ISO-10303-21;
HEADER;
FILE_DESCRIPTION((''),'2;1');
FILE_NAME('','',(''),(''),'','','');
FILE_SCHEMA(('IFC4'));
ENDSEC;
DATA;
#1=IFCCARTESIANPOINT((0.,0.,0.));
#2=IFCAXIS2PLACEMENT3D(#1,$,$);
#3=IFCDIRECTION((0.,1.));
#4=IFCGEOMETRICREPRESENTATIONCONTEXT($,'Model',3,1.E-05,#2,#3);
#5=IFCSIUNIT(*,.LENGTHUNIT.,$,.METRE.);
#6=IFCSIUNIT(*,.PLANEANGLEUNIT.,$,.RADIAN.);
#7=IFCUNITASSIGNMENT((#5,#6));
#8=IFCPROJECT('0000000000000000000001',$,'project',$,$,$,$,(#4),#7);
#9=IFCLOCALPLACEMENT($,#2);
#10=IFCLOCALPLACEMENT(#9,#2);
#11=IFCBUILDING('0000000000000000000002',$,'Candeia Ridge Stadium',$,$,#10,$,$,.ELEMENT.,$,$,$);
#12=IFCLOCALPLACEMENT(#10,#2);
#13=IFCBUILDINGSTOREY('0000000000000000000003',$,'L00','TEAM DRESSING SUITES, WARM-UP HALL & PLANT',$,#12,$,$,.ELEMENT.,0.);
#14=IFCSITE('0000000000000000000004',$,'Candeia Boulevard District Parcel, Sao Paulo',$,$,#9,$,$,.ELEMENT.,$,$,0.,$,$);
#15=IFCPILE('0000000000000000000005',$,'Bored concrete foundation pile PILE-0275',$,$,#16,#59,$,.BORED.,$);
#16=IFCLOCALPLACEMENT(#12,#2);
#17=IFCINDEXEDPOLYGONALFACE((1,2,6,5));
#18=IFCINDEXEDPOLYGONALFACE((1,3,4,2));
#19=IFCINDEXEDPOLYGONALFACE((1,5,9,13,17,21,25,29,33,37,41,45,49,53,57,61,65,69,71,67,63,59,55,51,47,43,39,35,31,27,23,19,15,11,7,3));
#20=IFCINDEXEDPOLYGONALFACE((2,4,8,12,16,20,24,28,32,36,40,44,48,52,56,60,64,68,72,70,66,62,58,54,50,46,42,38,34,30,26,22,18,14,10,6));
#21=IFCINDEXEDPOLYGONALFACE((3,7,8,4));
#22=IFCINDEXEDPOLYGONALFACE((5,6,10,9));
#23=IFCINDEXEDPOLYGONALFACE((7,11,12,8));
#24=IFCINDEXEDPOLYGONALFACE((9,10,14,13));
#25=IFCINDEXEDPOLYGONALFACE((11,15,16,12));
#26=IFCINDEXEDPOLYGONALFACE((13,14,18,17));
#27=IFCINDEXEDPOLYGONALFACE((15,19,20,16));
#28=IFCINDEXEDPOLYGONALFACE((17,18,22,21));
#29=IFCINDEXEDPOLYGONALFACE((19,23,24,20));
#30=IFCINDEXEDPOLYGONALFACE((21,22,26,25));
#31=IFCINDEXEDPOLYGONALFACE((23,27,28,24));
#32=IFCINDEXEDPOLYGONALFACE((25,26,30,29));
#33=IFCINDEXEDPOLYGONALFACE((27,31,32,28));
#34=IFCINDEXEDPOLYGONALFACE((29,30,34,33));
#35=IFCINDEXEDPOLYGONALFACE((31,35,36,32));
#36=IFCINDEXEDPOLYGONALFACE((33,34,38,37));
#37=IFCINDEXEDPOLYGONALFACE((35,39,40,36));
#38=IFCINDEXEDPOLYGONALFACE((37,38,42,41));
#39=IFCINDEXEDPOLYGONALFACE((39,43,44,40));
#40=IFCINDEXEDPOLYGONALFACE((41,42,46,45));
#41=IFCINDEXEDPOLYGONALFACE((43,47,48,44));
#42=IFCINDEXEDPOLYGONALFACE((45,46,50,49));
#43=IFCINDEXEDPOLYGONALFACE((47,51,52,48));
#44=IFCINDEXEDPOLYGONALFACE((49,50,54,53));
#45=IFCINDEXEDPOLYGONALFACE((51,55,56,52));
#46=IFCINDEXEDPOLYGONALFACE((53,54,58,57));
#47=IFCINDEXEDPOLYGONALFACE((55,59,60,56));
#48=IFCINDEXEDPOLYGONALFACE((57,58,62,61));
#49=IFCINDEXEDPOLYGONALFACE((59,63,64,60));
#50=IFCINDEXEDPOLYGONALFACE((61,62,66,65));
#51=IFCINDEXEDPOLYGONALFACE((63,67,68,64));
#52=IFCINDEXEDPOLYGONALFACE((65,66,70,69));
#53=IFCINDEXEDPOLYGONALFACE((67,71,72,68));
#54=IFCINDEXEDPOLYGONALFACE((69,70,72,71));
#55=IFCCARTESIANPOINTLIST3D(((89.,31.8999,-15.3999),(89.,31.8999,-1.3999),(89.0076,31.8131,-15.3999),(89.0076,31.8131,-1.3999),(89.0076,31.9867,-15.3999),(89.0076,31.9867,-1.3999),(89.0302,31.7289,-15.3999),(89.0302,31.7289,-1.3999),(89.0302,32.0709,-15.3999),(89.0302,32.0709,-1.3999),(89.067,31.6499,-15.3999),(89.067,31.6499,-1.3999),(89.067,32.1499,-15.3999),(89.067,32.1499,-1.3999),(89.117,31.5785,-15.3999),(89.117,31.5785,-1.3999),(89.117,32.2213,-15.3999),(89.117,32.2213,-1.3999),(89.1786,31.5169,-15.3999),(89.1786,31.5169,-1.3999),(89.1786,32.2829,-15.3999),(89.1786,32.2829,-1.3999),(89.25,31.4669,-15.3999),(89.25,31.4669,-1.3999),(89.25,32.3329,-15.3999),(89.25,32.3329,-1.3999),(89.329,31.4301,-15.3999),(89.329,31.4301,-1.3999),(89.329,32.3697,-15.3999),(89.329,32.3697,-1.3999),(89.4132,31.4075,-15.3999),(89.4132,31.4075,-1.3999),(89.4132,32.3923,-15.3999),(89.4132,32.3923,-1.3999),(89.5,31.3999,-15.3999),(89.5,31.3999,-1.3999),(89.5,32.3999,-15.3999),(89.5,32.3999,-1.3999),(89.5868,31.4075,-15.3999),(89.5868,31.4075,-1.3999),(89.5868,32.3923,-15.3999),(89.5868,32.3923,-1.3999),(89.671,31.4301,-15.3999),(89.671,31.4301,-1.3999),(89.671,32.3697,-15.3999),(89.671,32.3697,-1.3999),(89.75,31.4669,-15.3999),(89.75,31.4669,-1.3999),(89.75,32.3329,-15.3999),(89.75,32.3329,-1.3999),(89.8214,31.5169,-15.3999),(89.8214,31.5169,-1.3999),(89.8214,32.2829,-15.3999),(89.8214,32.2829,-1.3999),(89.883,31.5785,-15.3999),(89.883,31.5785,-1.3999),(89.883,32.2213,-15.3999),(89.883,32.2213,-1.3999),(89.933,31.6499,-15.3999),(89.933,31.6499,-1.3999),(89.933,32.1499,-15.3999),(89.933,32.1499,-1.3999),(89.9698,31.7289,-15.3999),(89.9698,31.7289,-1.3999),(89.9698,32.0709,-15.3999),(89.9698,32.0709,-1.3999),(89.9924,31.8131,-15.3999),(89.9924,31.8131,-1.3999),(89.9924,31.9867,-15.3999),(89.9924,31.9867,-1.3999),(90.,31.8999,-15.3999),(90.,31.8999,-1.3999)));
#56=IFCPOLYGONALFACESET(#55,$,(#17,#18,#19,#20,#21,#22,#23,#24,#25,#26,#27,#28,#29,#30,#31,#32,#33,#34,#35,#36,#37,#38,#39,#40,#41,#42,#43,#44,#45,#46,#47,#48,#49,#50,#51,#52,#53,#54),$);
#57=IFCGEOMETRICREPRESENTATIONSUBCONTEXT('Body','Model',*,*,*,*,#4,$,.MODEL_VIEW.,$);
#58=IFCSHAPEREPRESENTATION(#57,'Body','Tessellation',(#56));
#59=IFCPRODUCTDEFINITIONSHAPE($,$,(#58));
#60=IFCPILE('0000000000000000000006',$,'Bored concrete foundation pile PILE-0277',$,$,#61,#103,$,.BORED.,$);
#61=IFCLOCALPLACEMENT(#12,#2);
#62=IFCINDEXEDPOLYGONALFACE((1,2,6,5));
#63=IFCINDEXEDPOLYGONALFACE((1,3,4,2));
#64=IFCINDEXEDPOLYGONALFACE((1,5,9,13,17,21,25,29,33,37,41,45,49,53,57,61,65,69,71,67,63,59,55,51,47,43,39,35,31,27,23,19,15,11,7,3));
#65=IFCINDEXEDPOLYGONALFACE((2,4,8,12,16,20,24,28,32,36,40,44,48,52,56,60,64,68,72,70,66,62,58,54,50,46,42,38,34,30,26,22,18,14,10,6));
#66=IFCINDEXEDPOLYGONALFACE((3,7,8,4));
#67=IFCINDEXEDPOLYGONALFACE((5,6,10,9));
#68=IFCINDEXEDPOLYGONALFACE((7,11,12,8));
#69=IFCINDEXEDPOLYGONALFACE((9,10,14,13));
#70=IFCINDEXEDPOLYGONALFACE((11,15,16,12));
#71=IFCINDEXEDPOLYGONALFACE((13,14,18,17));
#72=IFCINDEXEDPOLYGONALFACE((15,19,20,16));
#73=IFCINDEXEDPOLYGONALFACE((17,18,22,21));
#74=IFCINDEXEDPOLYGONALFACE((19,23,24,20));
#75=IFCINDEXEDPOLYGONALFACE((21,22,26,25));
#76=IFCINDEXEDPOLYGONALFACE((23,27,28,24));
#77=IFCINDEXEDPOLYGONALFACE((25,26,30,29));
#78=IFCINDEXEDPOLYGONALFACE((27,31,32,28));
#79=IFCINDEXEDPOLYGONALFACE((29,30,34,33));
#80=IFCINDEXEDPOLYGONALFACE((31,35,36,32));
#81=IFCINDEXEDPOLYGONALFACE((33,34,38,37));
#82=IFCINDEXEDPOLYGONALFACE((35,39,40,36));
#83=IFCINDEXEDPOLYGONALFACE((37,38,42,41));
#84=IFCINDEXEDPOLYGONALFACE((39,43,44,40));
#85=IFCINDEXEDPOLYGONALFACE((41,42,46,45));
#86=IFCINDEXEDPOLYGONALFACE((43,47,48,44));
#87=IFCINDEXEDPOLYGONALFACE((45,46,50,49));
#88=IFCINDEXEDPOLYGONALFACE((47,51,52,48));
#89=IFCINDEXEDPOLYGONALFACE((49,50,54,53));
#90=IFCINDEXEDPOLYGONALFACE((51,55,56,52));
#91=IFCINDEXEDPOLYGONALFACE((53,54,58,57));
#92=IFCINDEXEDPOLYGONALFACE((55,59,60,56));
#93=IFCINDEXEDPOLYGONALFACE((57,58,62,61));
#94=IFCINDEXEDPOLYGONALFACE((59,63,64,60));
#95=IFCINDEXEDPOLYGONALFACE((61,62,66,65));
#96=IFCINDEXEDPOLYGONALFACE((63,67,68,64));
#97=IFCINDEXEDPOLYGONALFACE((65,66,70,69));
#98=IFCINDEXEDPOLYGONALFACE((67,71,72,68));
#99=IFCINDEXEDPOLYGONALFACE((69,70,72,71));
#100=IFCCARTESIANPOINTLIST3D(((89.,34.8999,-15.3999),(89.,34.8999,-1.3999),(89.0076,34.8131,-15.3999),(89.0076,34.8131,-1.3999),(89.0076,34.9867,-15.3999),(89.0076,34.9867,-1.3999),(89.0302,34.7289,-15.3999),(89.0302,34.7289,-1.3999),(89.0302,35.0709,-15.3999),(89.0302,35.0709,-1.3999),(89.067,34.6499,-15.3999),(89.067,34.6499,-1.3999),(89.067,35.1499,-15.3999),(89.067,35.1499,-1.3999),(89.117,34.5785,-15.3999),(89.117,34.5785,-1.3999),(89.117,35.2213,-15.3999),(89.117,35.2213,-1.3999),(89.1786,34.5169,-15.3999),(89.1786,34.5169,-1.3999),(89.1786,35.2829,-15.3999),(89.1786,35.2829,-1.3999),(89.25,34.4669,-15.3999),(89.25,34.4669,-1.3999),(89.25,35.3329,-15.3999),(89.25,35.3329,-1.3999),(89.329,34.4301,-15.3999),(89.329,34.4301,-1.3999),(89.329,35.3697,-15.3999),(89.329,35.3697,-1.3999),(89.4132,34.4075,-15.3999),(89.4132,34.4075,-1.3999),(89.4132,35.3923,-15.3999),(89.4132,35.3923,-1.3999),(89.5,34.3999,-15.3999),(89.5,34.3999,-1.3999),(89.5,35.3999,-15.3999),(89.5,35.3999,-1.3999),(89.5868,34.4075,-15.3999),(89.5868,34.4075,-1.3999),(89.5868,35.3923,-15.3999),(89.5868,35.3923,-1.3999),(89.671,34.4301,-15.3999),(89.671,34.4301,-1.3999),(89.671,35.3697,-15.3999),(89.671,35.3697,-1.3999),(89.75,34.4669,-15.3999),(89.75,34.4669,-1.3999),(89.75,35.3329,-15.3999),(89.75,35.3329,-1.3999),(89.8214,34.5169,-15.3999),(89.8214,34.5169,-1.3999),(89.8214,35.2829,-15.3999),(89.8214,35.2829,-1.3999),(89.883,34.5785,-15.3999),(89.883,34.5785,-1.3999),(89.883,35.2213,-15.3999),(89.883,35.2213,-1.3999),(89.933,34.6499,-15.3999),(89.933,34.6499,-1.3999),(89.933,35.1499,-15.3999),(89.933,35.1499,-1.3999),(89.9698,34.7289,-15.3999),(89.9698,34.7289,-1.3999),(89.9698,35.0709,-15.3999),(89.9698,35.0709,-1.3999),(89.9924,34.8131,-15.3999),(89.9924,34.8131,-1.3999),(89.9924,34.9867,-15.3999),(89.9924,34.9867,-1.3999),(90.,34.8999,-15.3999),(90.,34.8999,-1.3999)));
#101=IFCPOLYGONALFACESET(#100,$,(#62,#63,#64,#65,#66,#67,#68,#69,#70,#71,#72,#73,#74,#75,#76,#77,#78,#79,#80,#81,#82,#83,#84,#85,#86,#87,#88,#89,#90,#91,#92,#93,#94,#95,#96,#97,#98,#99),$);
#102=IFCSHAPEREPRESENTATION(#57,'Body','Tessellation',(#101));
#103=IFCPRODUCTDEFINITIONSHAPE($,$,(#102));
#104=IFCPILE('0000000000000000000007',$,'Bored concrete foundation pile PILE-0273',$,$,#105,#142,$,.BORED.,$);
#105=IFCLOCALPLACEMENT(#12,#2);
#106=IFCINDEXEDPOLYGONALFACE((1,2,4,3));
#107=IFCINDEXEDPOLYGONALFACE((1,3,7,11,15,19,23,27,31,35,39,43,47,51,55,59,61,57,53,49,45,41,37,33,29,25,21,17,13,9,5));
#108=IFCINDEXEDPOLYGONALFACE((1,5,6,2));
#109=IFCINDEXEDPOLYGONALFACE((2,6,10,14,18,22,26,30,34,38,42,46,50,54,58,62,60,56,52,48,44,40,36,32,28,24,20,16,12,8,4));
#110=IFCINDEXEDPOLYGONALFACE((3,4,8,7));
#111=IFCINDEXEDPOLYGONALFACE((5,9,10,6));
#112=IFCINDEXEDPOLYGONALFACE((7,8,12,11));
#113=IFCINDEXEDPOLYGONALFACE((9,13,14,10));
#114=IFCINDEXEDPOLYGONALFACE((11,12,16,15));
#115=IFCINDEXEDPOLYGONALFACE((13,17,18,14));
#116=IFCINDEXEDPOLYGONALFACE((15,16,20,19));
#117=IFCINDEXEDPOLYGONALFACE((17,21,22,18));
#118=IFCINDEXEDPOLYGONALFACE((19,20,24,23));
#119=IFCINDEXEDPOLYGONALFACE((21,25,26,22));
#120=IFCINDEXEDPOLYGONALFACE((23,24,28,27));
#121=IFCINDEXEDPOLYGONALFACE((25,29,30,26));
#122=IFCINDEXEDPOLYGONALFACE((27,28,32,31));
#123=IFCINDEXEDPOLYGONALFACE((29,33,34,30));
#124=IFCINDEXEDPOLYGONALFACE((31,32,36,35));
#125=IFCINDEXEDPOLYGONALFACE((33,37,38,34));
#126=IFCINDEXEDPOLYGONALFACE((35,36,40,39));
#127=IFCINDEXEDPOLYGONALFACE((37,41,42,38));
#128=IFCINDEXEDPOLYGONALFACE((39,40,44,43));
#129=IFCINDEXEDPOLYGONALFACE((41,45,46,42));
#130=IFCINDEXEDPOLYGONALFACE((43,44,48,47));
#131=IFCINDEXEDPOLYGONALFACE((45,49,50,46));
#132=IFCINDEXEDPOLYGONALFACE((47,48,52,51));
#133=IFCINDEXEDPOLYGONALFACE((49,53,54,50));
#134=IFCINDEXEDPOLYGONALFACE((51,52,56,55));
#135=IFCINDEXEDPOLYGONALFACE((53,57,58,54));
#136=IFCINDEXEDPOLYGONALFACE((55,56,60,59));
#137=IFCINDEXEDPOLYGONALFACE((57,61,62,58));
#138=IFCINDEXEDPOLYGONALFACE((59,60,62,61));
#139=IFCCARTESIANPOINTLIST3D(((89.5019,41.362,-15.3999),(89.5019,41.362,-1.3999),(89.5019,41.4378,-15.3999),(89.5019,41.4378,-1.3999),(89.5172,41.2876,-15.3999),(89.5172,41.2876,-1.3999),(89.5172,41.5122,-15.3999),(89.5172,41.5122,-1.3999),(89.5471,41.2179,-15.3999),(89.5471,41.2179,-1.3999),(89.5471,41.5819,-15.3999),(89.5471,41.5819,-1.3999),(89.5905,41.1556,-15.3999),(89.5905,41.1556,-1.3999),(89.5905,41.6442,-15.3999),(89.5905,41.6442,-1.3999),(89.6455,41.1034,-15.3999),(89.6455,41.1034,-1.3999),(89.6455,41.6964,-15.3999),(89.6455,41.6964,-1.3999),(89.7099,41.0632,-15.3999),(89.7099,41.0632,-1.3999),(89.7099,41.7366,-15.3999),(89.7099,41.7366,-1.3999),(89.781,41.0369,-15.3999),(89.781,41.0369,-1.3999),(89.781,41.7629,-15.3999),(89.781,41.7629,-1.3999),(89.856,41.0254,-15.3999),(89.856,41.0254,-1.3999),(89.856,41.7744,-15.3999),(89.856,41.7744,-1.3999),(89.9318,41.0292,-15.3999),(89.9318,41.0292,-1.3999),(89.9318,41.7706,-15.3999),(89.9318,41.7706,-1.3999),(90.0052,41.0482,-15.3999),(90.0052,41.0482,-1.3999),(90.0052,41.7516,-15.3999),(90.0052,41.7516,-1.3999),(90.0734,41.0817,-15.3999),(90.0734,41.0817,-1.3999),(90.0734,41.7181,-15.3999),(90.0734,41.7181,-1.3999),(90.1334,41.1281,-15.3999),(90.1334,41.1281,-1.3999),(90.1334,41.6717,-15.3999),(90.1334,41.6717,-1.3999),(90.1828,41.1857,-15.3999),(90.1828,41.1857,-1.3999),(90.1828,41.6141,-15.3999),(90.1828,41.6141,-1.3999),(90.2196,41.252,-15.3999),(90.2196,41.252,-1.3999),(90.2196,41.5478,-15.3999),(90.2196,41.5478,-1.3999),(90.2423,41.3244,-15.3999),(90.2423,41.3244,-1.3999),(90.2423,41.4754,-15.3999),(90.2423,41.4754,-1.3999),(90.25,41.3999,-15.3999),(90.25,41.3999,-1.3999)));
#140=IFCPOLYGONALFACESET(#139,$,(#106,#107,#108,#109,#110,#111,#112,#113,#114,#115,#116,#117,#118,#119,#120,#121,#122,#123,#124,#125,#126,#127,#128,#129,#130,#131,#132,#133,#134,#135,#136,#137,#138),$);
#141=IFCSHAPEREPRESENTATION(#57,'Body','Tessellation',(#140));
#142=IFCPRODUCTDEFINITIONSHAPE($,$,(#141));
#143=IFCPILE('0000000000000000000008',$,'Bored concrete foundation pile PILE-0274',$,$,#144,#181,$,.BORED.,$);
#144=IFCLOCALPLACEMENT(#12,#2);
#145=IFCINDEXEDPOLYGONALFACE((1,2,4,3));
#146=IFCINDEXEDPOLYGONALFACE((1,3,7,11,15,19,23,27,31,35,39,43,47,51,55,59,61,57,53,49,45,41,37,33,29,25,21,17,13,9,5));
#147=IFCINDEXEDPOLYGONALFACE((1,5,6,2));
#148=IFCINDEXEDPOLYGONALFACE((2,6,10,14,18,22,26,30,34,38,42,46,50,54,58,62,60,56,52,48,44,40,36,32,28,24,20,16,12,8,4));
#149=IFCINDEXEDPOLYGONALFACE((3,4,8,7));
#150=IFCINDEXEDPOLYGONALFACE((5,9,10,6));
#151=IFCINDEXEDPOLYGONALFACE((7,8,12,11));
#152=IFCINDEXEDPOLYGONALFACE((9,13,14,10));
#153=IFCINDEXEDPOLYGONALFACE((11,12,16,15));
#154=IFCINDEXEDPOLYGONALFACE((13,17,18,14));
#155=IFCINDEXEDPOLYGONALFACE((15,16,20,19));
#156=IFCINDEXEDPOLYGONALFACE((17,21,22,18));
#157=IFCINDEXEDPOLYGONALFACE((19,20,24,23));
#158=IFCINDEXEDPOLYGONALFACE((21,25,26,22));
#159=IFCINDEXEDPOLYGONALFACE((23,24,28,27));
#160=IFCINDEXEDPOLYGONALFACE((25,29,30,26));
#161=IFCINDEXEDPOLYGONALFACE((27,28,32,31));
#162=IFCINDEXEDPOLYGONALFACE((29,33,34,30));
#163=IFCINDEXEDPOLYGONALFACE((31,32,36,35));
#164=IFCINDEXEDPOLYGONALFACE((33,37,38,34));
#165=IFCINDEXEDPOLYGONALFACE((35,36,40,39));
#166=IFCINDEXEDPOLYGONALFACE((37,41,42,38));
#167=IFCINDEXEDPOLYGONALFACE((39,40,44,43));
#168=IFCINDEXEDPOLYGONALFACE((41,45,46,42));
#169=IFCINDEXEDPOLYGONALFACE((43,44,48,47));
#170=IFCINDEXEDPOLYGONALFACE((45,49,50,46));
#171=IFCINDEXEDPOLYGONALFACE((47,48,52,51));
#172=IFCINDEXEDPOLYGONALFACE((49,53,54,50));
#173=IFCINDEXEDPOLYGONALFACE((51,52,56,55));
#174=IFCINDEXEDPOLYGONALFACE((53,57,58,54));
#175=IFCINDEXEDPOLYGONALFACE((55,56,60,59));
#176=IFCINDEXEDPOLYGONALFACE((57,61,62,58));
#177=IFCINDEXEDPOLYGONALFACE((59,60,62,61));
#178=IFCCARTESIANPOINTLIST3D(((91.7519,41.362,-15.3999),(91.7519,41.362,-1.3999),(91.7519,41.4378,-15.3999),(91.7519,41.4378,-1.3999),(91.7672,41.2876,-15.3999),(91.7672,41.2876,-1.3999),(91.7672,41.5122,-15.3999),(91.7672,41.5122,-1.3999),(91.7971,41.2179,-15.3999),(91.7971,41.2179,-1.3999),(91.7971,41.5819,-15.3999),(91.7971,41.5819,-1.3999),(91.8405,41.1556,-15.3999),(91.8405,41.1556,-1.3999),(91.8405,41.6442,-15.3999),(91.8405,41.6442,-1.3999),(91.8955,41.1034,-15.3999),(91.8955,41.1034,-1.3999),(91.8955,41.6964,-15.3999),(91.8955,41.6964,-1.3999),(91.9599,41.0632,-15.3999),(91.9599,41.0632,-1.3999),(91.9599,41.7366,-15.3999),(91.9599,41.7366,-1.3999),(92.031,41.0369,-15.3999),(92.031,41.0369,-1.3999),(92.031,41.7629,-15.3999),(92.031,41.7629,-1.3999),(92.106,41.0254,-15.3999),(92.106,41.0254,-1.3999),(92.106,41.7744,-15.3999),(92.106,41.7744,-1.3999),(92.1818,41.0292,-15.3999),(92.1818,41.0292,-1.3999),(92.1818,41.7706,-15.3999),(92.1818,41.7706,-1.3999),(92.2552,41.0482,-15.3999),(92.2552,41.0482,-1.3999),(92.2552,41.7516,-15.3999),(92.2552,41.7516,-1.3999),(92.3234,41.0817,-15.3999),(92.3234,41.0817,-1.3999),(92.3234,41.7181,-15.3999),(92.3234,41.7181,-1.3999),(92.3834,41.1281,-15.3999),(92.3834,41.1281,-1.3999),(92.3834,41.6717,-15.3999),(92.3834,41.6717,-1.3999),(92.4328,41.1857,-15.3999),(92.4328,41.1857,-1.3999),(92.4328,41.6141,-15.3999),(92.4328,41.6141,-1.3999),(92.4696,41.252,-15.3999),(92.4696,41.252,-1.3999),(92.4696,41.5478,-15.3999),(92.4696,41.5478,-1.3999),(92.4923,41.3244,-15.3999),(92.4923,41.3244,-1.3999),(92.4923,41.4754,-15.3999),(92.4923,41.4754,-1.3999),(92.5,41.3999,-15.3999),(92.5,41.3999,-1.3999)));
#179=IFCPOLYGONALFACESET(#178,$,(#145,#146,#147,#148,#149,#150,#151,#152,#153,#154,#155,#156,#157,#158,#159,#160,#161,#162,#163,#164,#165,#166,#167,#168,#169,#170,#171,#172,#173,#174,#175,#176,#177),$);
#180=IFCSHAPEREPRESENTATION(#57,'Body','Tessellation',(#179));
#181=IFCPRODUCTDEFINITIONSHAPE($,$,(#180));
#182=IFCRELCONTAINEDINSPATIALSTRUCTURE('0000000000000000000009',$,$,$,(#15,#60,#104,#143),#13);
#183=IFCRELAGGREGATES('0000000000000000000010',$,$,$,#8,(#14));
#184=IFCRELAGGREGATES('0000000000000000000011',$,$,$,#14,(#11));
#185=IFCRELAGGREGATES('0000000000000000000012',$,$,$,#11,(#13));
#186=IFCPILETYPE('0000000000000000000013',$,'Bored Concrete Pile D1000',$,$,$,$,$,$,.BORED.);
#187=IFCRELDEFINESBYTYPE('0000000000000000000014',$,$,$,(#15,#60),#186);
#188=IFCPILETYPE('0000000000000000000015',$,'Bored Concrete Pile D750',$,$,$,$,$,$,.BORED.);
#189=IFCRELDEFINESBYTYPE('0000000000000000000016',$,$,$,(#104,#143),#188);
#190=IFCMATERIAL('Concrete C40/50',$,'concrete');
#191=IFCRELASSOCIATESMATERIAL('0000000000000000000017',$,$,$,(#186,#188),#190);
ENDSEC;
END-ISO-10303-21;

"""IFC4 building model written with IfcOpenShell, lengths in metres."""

from ifc_helpers import new_model, si_unit, direction, frame, origin, origin_2d, place, context, subcontext, project, spatial, circle, extrude, material, material_profile, profile_set, type_object, element, save


model = new_model("IFC4")

# Units and contexts
model_context = context("Model", 3, precision=1e-05, world=origin(), true_north=direction((0.0, 1.0)))
body_context = subcontext(model_context, "Body", "Model", "MODEL_VIEW")
ifc_project = project(units=[si_unit("LENGTHUNIT", "METRE"), si_unit("PLANEANGLEUNIT", "RADIAN")], contexts=[model_context])

# Site, building, storey
site_placement = place(None, origin())
site = spatial("IfcSite", under=ifc_project, at=site_placement, Name="Candeia Boulevard District Parcel, Sao Paulo", CompositionType="ELEMENT", RefElevation=0.0)
building_placement = place(site_placement, origin())
building = spatial("IfcBuilding", under=site, at=building_placement, Name="Candeia Ridge Stadium", CompositionType="ELEMENT")
storey_placement = place(building_placement, origin())
storey = spatial("IfcBuildingStorey", under=building, at=storey_placement, Name="L00", Description="TEAM DRESSING SUITES, WARM-UP HALL & PLANT", CompositionType="ELEMENT", Elevation=0.0)

# Piles
ifc_material_1 = material(Name="Concrete C40/50", Category="concrete")
ifc_material_profile_1 = material_profile(ifc_material_1, circle(Radius=0.5, at=origin_2d()), Name="PILE-D1000", Category="concrete")
ifc_profile_set_1 = profile_set([ifc_material_profile_1], Name="Concrete C40/50")
pile_type_1 = type_object("IfcPileType", Name="Bored Concrete Pile D1000", PredefinedType="BORED", material=ifc_profile_set_1)
for number, where, z_axis, x_axis, name in (
    (1, (89.5, 31.8999, -1.3999), (0.0, 0.0, -1.0), (1.0, 0.0, 0.0), "Bored concrete foundation pile PILE-0275"),
    (2, (89.5, 34.8999, -1.3999), (0.0, 0.0, -1.0), (1.0, 0.0, 0.0), "Bored concrete foundation pile PILE-0277"),
):
    element("IfcPile", number, at=place(storey_placement, frame(where, z_axis=z_axis, x_axis=x_axis)), inside=storey, type_object=pile_type_1, Name=name, PredefinedType="BORED", context=body_context, shape_type="SweptSolid", body=[
        extrude(circle(Radius=0.5, at=origin_2d()), origin(), (0.0, 0.0, 1.0), 14.0),
    ])
ifc_material_profile_2 = material_profile(ifc_material_1, circle(Radius=0.375, at=origin_2d()), Name="PILE-D750", Category="concrete")
ifc_profile_set_2 = profile_set([ifc_material_profile_2], Name="Concrete C40/50")
pile_type_2 = type_object("IfcPileType", Name="Bored Concrete Pile D750", PredefinedType="BORED", material=ifc_profile_set_2)
for number, where, z_axis, x_axis, name in (
    (3, (89.875, 41.3999, -1.3999), (0.0, 0.0, -1.0), (1.0, 0.0, 0.0), "Bored concrete foundation pile PILE-0273"),
    (4, (92.125, 41.3999, -1.3999), (0.0, 0.0, -1.0), (1.0, 0.0, 0.0), "Bored concrete foundation pile PILE-0274"),
):
    element("IfcPile", number, at=place(storey_placement, frame(where, z_axis=z_axis, x_axis=x_axis)), inside=storey, type_object=pile_type_2, Name=name, PredefinedType="BORED", context=body_context, shape_type="SweptSolid", body=[
        extrude(circle(Radius=0.375, at=origin_2d()), origin(), (0.0, 0.0, 1.0), 14.0),
    ])

save(model, "model.ifc")
